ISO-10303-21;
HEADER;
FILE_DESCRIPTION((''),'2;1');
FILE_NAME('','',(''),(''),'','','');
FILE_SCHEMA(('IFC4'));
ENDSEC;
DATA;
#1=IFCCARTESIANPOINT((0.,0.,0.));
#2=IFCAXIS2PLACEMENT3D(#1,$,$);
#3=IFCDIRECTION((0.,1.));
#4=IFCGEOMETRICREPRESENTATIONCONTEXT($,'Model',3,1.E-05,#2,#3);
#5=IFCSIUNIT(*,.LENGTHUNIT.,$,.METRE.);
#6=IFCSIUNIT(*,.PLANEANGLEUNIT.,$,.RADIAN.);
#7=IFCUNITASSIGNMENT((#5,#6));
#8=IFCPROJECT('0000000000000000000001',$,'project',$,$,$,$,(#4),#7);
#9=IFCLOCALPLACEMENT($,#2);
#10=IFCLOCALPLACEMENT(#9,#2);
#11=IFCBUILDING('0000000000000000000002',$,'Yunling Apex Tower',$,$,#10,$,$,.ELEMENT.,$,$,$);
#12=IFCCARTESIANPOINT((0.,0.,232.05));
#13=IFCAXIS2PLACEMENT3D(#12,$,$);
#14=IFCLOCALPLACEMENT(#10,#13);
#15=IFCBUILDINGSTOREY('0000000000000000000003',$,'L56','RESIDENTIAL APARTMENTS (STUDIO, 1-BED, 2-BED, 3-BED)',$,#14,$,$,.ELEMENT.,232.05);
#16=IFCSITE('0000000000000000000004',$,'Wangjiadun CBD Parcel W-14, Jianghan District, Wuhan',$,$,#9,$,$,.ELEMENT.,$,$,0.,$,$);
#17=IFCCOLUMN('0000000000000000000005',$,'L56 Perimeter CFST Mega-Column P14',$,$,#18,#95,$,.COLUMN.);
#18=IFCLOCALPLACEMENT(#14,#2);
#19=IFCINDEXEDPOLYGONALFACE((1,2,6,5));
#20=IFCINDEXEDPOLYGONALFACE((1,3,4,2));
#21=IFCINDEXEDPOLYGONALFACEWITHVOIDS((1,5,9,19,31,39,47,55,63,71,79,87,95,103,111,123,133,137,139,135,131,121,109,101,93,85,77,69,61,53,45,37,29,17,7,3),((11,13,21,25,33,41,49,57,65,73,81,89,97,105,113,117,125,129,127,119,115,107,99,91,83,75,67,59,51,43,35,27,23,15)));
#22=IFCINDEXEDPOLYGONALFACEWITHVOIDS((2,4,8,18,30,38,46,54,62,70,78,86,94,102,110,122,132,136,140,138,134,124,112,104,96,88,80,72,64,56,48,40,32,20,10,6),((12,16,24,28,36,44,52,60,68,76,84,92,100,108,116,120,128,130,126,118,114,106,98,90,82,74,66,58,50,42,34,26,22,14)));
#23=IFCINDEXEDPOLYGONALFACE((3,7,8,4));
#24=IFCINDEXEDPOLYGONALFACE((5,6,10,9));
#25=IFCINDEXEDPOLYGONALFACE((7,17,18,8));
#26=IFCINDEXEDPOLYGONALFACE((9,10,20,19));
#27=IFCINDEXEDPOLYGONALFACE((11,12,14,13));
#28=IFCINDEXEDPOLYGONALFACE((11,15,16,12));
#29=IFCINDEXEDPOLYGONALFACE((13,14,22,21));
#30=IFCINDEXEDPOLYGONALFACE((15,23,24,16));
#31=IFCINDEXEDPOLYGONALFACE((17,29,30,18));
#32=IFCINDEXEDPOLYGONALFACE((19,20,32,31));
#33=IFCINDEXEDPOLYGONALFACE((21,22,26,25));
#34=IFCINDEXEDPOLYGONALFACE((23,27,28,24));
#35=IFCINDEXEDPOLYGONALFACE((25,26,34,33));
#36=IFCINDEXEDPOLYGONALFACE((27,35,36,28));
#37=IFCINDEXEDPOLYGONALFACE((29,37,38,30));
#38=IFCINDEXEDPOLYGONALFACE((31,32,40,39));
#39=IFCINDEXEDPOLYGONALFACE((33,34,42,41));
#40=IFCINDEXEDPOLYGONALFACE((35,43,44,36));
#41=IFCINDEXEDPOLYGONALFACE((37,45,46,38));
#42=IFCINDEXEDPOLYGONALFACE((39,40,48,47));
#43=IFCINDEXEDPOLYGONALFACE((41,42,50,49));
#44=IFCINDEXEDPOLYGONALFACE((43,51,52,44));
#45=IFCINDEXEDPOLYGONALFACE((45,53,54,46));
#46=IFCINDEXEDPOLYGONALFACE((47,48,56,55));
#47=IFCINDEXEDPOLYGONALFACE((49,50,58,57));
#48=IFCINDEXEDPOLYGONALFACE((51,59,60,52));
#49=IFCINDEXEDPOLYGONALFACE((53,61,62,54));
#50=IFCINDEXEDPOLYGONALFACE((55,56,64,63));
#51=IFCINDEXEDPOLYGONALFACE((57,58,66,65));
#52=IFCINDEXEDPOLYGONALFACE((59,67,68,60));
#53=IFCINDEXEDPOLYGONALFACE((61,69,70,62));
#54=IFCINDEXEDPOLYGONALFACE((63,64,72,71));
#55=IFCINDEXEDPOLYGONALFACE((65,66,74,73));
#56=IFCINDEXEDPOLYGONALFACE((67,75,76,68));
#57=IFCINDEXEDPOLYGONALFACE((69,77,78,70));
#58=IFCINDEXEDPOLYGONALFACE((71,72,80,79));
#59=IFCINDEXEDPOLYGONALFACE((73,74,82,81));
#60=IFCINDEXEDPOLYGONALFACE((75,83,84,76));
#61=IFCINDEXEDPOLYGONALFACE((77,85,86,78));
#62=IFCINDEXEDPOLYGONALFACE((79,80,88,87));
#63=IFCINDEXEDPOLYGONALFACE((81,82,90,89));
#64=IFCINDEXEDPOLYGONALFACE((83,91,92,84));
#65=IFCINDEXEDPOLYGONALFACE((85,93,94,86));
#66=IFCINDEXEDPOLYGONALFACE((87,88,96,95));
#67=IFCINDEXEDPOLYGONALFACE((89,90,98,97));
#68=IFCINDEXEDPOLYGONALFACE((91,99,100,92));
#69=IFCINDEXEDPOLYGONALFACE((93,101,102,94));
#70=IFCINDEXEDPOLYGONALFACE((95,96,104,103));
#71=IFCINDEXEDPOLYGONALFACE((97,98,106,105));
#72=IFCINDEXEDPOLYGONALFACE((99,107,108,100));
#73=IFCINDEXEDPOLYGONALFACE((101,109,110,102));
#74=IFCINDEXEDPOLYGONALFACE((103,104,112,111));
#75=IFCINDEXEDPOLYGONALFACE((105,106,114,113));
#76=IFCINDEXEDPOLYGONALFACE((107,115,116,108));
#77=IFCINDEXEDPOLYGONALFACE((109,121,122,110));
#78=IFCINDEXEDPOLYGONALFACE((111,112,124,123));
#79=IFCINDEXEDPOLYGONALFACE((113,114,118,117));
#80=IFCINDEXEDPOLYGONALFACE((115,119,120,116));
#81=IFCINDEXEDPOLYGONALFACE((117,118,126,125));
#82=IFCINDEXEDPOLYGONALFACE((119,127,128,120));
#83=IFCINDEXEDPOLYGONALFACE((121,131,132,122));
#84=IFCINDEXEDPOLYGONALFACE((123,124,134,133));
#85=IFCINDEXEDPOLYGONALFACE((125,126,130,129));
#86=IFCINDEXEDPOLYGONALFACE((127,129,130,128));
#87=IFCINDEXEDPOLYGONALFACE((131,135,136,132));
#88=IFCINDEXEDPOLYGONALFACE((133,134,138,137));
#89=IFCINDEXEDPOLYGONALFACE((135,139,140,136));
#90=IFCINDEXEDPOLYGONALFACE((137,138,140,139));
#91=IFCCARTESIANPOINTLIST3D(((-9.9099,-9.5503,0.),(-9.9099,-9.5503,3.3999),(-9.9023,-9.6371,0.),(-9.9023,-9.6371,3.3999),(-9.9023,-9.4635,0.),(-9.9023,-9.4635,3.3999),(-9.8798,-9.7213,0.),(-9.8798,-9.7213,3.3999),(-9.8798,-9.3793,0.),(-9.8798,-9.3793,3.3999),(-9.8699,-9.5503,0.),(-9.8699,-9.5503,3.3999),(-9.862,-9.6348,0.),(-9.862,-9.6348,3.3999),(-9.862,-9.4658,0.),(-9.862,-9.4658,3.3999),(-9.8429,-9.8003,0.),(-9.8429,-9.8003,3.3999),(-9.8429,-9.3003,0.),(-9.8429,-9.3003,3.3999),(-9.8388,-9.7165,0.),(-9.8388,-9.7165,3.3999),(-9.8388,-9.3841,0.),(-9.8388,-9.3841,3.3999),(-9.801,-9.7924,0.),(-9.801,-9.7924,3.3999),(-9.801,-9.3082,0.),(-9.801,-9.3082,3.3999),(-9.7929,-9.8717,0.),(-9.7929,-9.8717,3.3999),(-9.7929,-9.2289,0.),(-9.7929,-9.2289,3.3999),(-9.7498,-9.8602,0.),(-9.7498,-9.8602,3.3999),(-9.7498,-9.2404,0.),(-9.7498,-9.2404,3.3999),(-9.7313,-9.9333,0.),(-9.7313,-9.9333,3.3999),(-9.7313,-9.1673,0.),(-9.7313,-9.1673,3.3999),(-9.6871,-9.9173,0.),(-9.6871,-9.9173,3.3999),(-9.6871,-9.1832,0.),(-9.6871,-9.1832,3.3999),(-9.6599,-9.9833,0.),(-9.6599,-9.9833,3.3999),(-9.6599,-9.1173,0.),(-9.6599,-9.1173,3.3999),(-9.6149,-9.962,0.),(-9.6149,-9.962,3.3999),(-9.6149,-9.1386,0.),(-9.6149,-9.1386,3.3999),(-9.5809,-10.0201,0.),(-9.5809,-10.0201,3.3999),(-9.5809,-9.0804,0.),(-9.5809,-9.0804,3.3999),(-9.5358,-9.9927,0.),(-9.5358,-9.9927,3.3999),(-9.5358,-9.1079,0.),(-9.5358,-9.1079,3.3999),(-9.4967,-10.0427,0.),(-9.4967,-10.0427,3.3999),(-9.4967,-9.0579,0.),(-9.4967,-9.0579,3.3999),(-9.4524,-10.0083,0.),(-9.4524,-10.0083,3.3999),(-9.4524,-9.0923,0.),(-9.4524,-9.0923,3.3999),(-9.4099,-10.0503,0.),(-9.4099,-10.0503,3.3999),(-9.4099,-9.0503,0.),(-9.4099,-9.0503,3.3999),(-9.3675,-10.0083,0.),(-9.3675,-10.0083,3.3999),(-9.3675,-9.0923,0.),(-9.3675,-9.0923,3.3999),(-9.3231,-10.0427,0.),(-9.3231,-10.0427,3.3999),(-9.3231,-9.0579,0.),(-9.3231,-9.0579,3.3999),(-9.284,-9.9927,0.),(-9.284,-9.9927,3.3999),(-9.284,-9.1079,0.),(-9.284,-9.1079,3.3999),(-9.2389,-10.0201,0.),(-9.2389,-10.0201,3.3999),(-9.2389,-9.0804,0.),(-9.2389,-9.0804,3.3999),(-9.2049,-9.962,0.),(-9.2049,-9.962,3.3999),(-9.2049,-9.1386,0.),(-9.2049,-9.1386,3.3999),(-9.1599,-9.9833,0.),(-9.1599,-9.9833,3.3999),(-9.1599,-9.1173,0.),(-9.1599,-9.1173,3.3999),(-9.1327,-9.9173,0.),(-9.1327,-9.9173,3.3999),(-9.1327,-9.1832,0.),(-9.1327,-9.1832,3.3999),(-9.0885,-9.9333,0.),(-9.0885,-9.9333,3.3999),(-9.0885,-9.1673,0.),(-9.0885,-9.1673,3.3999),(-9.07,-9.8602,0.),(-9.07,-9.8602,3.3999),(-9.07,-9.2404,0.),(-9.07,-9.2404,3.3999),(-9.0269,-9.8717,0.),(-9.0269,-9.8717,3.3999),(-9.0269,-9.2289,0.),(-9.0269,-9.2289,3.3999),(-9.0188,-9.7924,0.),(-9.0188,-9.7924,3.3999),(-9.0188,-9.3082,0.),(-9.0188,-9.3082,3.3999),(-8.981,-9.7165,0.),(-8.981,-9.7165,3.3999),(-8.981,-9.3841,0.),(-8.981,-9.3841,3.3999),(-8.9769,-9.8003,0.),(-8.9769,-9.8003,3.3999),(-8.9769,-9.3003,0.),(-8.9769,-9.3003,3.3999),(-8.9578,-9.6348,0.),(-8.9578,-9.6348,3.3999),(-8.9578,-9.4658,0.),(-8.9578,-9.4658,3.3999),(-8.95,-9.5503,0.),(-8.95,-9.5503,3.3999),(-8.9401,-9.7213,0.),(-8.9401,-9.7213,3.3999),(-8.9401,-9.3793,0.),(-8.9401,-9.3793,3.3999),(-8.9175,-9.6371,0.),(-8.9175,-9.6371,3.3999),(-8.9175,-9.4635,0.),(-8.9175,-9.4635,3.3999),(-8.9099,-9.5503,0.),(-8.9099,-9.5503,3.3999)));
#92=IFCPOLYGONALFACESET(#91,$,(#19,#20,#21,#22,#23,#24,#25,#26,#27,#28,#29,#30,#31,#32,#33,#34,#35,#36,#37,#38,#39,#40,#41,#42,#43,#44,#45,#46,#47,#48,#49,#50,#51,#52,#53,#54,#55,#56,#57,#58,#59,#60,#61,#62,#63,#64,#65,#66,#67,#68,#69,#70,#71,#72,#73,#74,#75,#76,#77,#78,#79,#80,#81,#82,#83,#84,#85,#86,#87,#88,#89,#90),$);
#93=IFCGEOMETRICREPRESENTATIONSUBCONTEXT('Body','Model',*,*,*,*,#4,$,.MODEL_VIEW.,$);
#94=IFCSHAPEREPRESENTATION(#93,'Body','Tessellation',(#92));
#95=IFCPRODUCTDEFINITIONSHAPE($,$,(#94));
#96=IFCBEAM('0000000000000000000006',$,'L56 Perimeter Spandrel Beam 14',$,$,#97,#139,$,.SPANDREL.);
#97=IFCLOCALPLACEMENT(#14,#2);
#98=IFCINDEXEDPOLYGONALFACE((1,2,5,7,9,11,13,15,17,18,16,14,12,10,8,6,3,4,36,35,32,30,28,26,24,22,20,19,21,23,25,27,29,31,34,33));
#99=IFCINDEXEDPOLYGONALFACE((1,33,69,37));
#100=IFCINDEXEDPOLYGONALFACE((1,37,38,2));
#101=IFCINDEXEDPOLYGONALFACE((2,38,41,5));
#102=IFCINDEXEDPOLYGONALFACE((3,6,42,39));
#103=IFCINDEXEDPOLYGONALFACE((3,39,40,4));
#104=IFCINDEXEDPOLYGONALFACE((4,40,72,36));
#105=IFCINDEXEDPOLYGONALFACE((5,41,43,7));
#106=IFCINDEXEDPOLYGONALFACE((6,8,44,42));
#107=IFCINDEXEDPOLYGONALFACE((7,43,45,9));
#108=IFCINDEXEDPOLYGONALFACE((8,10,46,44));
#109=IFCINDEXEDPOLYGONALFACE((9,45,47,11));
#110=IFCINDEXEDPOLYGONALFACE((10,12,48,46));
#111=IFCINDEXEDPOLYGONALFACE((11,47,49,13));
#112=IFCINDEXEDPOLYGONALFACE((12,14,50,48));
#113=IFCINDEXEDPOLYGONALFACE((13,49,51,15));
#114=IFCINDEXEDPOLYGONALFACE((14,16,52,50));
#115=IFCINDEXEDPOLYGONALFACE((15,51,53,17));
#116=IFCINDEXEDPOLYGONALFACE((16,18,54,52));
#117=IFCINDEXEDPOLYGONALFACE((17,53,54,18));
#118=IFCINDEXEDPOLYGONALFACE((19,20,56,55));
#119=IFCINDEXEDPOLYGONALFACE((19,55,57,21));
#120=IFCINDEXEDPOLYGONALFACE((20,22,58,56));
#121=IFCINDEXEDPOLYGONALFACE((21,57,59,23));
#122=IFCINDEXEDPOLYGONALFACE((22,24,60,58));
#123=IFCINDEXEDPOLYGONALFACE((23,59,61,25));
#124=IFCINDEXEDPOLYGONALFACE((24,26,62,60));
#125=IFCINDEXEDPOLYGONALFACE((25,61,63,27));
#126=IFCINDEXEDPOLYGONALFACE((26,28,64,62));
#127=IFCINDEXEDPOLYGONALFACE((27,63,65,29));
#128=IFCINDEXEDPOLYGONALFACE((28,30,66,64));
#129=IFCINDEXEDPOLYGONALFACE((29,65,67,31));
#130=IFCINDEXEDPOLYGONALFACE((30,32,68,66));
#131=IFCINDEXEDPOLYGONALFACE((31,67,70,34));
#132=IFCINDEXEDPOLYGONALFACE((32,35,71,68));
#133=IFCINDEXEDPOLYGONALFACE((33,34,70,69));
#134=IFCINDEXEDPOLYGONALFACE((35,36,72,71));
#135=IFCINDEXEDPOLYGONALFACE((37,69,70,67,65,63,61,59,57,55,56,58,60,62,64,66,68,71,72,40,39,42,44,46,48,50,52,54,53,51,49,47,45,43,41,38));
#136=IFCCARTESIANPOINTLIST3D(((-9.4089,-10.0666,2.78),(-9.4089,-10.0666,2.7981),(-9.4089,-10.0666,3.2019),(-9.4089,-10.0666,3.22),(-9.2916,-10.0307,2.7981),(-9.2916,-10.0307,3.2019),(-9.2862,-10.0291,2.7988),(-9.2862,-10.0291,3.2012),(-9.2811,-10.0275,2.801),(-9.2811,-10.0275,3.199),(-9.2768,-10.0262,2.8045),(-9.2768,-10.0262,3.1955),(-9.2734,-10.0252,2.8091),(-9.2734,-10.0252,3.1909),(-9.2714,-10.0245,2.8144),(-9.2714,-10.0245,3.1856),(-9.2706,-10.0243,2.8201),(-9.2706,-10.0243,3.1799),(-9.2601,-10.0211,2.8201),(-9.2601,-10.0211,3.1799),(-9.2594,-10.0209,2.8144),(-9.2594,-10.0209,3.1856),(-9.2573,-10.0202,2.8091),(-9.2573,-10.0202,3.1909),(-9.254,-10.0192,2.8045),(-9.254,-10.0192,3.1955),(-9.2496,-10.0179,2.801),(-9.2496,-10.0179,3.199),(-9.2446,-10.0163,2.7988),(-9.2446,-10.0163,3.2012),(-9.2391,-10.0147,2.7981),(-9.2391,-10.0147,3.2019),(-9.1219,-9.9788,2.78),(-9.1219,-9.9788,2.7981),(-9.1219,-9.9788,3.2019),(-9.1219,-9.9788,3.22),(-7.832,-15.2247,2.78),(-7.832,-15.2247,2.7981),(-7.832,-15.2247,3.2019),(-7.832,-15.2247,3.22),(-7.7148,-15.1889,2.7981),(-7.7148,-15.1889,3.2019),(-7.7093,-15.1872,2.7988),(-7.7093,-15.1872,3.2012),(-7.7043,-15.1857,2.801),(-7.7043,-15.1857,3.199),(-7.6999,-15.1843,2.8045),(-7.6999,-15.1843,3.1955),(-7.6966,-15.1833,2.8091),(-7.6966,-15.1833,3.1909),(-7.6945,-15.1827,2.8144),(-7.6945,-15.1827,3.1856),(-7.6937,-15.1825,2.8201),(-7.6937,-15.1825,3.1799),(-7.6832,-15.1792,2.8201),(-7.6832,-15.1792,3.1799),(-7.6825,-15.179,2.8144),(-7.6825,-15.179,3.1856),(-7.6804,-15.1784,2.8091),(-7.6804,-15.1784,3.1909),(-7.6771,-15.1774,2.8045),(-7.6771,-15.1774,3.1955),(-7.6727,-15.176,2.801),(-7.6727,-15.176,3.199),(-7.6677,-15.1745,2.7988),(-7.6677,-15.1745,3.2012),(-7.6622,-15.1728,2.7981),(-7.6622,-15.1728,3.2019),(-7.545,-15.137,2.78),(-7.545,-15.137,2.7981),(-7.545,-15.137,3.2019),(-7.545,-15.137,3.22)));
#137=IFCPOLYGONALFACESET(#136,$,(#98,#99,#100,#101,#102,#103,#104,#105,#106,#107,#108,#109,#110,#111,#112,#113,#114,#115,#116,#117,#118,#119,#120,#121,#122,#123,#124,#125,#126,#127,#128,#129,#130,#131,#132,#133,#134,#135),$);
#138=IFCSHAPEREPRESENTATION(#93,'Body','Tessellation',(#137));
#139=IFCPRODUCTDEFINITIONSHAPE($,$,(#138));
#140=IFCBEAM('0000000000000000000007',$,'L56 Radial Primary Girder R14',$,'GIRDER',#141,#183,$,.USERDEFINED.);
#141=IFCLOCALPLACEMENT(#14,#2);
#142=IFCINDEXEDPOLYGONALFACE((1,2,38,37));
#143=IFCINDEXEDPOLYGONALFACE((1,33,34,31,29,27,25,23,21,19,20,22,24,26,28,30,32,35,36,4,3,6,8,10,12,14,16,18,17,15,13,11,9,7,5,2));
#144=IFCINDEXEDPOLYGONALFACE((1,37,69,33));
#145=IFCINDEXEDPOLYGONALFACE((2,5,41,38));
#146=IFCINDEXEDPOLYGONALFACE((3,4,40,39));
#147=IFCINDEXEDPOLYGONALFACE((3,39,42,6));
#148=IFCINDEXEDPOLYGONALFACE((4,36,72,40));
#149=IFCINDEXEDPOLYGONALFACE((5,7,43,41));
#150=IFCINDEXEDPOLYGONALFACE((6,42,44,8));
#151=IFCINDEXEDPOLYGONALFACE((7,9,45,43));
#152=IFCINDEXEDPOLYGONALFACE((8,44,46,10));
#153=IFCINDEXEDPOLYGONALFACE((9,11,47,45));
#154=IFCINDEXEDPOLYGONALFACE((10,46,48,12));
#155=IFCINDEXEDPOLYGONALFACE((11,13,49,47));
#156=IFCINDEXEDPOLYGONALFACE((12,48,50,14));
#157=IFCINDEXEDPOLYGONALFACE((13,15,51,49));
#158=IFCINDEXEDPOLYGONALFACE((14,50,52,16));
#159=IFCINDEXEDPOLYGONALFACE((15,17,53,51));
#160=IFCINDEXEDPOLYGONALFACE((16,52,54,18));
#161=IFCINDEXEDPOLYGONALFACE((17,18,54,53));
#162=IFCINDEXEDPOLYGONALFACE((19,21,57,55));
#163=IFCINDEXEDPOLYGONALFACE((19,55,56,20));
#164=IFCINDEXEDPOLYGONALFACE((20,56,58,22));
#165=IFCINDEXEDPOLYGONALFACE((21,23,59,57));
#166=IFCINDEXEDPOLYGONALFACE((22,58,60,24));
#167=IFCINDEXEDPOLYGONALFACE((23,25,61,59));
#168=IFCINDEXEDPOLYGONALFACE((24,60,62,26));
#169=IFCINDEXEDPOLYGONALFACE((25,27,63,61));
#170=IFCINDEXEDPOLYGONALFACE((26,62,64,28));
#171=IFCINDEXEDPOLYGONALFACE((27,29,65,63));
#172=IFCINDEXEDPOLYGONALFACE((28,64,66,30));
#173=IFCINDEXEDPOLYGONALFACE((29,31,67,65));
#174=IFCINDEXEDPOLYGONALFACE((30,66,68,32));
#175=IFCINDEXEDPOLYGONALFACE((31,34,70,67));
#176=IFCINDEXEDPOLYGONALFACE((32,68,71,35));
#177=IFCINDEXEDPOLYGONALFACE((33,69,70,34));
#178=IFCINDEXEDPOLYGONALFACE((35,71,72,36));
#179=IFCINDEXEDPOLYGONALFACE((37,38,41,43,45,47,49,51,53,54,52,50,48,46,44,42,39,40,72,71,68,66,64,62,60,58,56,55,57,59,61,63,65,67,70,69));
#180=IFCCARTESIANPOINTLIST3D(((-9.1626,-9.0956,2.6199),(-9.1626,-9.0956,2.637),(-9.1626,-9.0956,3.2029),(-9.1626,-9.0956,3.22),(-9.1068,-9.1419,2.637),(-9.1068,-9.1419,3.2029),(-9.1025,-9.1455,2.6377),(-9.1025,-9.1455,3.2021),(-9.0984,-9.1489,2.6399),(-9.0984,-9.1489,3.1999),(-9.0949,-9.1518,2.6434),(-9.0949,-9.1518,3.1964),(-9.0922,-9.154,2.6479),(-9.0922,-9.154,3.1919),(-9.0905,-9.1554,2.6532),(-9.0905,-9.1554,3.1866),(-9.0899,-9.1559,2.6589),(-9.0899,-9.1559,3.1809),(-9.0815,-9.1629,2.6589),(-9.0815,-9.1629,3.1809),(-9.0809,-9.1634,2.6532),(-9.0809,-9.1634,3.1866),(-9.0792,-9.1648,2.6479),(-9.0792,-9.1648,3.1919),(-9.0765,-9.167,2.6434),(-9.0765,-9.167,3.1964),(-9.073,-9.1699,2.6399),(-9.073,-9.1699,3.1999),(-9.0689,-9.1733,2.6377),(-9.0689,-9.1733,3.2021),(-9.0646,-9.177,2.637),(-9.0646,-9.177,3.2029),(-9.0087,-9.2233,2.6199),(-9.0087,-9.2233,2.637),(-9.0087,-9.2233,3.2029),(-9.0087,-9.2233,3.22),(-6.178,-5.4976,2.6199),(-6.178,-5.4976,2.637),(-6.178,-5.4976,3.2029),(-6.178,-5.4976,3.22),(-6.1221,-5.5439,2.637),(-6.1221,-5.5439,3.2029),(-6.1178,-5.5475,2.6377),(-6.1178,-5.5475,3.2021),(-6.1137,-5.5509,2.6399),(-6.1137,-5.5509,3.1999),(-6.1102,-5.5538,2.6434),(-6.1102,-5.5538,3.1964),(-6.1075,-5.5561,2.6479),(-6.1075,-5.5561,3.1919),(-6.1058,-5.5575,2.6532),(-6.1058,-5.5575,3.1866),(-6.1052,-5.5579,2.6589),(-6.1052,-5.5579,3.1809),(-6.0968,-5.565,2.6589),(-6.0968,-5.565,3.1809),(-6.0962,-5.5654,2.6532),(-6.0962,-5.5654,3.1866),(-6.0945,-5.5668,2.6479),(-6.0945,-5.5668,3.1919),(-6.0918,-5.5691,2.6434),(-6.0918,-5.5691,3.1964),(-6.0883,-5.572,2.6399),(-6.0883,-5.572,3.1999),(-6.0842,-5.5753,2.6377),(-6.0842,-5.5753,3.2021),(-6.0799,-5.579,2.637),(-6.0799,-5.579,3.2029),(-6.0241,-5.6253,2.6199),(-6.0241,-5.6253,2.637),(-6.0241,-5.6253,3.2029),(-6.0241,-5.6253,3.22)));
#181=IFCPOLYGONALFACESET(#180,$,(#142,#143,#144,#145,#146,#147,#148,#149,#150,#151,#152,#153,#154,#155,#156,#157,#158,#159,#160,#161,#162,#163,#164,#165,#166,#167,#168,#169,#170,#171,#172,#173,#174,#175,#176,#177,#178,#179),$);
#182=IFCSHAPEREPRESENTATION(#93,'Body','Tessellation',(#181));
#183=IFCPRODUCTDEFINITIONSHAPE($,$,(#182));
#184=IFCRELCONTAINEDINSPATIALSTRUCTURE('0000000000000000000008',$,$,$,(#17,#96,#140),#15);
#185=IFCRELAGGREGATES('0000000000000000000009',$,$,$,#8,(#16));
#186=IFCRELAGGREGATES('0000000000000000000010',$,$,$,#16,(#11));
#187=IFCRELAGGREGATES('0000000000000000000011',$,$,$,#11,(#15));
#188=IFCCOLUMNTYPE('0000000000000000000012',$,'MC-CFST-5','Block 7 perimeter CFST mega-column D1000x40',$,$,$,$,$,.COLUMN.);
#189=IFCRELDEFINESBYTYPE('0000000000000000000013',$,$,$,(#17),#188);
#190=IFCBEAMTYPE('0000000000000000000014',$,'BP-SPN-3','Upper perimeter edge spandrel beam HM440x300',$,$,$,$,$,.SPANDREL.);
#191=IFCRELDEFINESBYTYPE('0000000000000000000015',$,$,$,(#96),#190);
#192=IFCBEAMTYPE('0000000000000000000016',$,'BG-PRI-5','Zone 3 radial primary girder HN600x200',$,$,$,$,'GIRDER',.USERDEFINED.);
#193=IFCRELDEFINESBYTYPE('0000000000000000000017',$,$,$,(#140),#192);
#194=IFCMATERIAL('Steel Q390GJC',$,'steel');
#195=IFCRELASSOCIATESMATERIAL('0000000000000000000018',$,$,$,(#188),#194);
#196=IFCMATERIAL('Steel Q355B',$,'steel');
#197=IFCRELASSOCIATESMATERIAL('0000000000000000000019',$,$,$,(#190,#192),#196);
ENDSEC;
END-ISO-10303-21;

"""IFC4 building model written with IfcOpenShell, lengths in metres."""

from ifc_helpers import new_model, si_unit, direction, frame, origin, origin_2d, place, context, subcontext, project, spatial, hollow_circle, i_section, extrude, source, transform, mapped, material, material_profile, profile_set, type_object, element, save


model = new_model("IFC4")

# Units and contexts
model_context = context("Model", 3, precision=1e-05, world=origin(), true_north=direction((0.0, 1.0)))
body_context = subcontext(model_context, "Body", "Model", "MODEL_VIEW")
ifc_project = project(units=[si_unit("LENGTHUNIT", "METRE"), si_unit("PLANEANGLEUNIT", "RADIAN")], contexts=[model_context])

# Site, building, storey
site_placement = place(None, origin())
site = spatial("IfcSite", under=ifc_project, at=site_placement, Name="Wangjiadun CBD Parcel W-14, Jianghan District, Wuhan", CompositionType="ELEMENT", RefElevation=0.0)
building_placement = place(site_placement, origin())
building = spatial("IfcBuilding", under=site, at=building_placement, Name="Yunling Apex Tower", CompositionType="ELEMENT")
storey_placement = place(building_placement, frame((0.0, 0.0, 232.05)))
storey = spatial("IfcBuildingStorey", under=building, at=storey_placement, Name="L56", Description="RESIDENTIAL APARTMENTS (STUDIO, 1-BED, 2-BED, 3-BED)", CompositionType="ELEMENT", Elevation=232.05)

# Column
ifc_material_1 = material(Name="Steel Q390GJC", Category="steel")
ifc_material_profile_1 = material_profile(ifc_material_1, hollow_circle(Radius=0.5, WallThickness=0.04, at=origin_2d()))
ifc_profile_set_1 = profile_set([ifc_material_profile_1], Name="Steel Q390GJC")
column_type = type_object("IfcColumnType", Name="MC-CFST-5", Description="Block 7 perimeter CFST mega-column D1000x40", PredefinedType="COLUMN", material=ifc_profile_set_1)
shared_shape_1 = source(origin(), body_context, "Body", "SweptSolid", [
    extrude(hollow_circle(Radius=0.5, WallThickness=0.04, at=origin_2d()), origin(), (0.0, 0.0, 1.0), 3.3999),
])
column_placement = place(storey_placement, frame((-9.4099, -9.5503, 0.0), z_axis=(0.0, 0.0, 1.0), x_axis=(1.0, 0.0, 0.0)))
element("IfcColumn", 1, at=column_placement, inside=storey, type_object=column_type, Name="L56 Perimeter CFST Mega-Column P14", PredefinedType="COLUMN", context=body_context, shape_type="MappedRepresentation", body=[
    mapped(shared_shape_1, transform((0.0, 0.0, 0.0), scale=1.0)),
])

# Beams
ifc_material_2 = material(Name="Steel Q355B", Category="steel")
ifc_material_profile_2 = material_profile(ifc_material_2, i_section(OverallWidth=0.3, OverallDepth=0.4399, WebThickness=0.011, FlangeThickness=0.0181, FilletRadius=0.022, at=origin_2d()))
ifc_profile_set_2 = profile_set([ifc_material_profile_2], Name="Steel Q355B")
beam_type_1 = type_object("IfcBeamType", Name="BP-SPN-3", Description="Upper perimeter edge spandrel beam HM440x300", PredefinedType="SPANDREL", material=ifc_profile_set_2)
shared_shape_2 = source(origin(), body_context, "Body", "SweptSolid", [
    extrude(i_section(OverallWidth=0.3, OverallDepth=0.4399, WebThickness=0.011, FlangeThickness=0.0181, FilletRadius=0.022, at=origin_2d()), origin(), (0.0, 0.0, 1.0), 5.3938),
])
beam_1_placement = place(storey_placement, frame((-9.2654, -10.0227, 3.0), z_axis=(0.292352, -0.956311, 0.0), x_axis=(0.956311, 0.292352, 0.0)))
element("IfcBeam", 2, at=beam_1_placement, inside=storey, type_object=beam_type_1, Name="L56 Perimeter Spandrel Beam 14", PredefinedType="SPANDREL", context=body_context, shape_type="MappedRepresentation", body=[
    mapped(shared_shape_2, transform((0.0, 0.0, 0.0), scale=1.0)),
])
ifc_material_profile_3 = material_profile(ifc_material_2, i_section(OverallWidth=0.2, OverallDepth=0.6001, WebThickness=0.011, FlangeThickness=0.0171, FilletRadius=0.022, at=origin_2d()))
ifc_profile_set_3 = profile_set([ifc_material_profile_3], Name="Steel Q355B")
beam_type_2 = type_object("IfcBeamType", Name="BG-PRI-5", Description="Zone 3 radial primary girder HN600x200", ElementType="GIRDER", PredefinedType="USERDEFINED", material=ifc_profile_set_3)
shared_shape_3 = source(origin(), body_context, "Body", "SweptSolid", [
    extrude(i_section(OverallWidth=0.2, OverallDepth=0.6001, WebThickness=0.011, FlangeThickness=0.0171, FilletRadius=0.022, at=origin_2d()), origin(), (0.0, 0.0, 1.0), 4.6748),
])
beam_2_placement = place(storey_placement, frame((-9.0857, -9.1594, 2.9199), z_axis=(0.638462, 0.769653, 0.0), x_axis=(-0.769653, 0.638462, 0.0)))
element("IfcBeam", 3, at=beam_2_placement, inside=storey, type_object=beam_type_2, Name="L56 Radial Primary Girder R14", ObjectType="GIRDER", PredefinedType="USERDEFINED", context=body_context, shape_type="MappedRepresentation", body=[
    mapped(shared_shape_3, transform((0.0, 0.0, 0.0), scale=1.0)),
])

save(model, "model.ifc")
